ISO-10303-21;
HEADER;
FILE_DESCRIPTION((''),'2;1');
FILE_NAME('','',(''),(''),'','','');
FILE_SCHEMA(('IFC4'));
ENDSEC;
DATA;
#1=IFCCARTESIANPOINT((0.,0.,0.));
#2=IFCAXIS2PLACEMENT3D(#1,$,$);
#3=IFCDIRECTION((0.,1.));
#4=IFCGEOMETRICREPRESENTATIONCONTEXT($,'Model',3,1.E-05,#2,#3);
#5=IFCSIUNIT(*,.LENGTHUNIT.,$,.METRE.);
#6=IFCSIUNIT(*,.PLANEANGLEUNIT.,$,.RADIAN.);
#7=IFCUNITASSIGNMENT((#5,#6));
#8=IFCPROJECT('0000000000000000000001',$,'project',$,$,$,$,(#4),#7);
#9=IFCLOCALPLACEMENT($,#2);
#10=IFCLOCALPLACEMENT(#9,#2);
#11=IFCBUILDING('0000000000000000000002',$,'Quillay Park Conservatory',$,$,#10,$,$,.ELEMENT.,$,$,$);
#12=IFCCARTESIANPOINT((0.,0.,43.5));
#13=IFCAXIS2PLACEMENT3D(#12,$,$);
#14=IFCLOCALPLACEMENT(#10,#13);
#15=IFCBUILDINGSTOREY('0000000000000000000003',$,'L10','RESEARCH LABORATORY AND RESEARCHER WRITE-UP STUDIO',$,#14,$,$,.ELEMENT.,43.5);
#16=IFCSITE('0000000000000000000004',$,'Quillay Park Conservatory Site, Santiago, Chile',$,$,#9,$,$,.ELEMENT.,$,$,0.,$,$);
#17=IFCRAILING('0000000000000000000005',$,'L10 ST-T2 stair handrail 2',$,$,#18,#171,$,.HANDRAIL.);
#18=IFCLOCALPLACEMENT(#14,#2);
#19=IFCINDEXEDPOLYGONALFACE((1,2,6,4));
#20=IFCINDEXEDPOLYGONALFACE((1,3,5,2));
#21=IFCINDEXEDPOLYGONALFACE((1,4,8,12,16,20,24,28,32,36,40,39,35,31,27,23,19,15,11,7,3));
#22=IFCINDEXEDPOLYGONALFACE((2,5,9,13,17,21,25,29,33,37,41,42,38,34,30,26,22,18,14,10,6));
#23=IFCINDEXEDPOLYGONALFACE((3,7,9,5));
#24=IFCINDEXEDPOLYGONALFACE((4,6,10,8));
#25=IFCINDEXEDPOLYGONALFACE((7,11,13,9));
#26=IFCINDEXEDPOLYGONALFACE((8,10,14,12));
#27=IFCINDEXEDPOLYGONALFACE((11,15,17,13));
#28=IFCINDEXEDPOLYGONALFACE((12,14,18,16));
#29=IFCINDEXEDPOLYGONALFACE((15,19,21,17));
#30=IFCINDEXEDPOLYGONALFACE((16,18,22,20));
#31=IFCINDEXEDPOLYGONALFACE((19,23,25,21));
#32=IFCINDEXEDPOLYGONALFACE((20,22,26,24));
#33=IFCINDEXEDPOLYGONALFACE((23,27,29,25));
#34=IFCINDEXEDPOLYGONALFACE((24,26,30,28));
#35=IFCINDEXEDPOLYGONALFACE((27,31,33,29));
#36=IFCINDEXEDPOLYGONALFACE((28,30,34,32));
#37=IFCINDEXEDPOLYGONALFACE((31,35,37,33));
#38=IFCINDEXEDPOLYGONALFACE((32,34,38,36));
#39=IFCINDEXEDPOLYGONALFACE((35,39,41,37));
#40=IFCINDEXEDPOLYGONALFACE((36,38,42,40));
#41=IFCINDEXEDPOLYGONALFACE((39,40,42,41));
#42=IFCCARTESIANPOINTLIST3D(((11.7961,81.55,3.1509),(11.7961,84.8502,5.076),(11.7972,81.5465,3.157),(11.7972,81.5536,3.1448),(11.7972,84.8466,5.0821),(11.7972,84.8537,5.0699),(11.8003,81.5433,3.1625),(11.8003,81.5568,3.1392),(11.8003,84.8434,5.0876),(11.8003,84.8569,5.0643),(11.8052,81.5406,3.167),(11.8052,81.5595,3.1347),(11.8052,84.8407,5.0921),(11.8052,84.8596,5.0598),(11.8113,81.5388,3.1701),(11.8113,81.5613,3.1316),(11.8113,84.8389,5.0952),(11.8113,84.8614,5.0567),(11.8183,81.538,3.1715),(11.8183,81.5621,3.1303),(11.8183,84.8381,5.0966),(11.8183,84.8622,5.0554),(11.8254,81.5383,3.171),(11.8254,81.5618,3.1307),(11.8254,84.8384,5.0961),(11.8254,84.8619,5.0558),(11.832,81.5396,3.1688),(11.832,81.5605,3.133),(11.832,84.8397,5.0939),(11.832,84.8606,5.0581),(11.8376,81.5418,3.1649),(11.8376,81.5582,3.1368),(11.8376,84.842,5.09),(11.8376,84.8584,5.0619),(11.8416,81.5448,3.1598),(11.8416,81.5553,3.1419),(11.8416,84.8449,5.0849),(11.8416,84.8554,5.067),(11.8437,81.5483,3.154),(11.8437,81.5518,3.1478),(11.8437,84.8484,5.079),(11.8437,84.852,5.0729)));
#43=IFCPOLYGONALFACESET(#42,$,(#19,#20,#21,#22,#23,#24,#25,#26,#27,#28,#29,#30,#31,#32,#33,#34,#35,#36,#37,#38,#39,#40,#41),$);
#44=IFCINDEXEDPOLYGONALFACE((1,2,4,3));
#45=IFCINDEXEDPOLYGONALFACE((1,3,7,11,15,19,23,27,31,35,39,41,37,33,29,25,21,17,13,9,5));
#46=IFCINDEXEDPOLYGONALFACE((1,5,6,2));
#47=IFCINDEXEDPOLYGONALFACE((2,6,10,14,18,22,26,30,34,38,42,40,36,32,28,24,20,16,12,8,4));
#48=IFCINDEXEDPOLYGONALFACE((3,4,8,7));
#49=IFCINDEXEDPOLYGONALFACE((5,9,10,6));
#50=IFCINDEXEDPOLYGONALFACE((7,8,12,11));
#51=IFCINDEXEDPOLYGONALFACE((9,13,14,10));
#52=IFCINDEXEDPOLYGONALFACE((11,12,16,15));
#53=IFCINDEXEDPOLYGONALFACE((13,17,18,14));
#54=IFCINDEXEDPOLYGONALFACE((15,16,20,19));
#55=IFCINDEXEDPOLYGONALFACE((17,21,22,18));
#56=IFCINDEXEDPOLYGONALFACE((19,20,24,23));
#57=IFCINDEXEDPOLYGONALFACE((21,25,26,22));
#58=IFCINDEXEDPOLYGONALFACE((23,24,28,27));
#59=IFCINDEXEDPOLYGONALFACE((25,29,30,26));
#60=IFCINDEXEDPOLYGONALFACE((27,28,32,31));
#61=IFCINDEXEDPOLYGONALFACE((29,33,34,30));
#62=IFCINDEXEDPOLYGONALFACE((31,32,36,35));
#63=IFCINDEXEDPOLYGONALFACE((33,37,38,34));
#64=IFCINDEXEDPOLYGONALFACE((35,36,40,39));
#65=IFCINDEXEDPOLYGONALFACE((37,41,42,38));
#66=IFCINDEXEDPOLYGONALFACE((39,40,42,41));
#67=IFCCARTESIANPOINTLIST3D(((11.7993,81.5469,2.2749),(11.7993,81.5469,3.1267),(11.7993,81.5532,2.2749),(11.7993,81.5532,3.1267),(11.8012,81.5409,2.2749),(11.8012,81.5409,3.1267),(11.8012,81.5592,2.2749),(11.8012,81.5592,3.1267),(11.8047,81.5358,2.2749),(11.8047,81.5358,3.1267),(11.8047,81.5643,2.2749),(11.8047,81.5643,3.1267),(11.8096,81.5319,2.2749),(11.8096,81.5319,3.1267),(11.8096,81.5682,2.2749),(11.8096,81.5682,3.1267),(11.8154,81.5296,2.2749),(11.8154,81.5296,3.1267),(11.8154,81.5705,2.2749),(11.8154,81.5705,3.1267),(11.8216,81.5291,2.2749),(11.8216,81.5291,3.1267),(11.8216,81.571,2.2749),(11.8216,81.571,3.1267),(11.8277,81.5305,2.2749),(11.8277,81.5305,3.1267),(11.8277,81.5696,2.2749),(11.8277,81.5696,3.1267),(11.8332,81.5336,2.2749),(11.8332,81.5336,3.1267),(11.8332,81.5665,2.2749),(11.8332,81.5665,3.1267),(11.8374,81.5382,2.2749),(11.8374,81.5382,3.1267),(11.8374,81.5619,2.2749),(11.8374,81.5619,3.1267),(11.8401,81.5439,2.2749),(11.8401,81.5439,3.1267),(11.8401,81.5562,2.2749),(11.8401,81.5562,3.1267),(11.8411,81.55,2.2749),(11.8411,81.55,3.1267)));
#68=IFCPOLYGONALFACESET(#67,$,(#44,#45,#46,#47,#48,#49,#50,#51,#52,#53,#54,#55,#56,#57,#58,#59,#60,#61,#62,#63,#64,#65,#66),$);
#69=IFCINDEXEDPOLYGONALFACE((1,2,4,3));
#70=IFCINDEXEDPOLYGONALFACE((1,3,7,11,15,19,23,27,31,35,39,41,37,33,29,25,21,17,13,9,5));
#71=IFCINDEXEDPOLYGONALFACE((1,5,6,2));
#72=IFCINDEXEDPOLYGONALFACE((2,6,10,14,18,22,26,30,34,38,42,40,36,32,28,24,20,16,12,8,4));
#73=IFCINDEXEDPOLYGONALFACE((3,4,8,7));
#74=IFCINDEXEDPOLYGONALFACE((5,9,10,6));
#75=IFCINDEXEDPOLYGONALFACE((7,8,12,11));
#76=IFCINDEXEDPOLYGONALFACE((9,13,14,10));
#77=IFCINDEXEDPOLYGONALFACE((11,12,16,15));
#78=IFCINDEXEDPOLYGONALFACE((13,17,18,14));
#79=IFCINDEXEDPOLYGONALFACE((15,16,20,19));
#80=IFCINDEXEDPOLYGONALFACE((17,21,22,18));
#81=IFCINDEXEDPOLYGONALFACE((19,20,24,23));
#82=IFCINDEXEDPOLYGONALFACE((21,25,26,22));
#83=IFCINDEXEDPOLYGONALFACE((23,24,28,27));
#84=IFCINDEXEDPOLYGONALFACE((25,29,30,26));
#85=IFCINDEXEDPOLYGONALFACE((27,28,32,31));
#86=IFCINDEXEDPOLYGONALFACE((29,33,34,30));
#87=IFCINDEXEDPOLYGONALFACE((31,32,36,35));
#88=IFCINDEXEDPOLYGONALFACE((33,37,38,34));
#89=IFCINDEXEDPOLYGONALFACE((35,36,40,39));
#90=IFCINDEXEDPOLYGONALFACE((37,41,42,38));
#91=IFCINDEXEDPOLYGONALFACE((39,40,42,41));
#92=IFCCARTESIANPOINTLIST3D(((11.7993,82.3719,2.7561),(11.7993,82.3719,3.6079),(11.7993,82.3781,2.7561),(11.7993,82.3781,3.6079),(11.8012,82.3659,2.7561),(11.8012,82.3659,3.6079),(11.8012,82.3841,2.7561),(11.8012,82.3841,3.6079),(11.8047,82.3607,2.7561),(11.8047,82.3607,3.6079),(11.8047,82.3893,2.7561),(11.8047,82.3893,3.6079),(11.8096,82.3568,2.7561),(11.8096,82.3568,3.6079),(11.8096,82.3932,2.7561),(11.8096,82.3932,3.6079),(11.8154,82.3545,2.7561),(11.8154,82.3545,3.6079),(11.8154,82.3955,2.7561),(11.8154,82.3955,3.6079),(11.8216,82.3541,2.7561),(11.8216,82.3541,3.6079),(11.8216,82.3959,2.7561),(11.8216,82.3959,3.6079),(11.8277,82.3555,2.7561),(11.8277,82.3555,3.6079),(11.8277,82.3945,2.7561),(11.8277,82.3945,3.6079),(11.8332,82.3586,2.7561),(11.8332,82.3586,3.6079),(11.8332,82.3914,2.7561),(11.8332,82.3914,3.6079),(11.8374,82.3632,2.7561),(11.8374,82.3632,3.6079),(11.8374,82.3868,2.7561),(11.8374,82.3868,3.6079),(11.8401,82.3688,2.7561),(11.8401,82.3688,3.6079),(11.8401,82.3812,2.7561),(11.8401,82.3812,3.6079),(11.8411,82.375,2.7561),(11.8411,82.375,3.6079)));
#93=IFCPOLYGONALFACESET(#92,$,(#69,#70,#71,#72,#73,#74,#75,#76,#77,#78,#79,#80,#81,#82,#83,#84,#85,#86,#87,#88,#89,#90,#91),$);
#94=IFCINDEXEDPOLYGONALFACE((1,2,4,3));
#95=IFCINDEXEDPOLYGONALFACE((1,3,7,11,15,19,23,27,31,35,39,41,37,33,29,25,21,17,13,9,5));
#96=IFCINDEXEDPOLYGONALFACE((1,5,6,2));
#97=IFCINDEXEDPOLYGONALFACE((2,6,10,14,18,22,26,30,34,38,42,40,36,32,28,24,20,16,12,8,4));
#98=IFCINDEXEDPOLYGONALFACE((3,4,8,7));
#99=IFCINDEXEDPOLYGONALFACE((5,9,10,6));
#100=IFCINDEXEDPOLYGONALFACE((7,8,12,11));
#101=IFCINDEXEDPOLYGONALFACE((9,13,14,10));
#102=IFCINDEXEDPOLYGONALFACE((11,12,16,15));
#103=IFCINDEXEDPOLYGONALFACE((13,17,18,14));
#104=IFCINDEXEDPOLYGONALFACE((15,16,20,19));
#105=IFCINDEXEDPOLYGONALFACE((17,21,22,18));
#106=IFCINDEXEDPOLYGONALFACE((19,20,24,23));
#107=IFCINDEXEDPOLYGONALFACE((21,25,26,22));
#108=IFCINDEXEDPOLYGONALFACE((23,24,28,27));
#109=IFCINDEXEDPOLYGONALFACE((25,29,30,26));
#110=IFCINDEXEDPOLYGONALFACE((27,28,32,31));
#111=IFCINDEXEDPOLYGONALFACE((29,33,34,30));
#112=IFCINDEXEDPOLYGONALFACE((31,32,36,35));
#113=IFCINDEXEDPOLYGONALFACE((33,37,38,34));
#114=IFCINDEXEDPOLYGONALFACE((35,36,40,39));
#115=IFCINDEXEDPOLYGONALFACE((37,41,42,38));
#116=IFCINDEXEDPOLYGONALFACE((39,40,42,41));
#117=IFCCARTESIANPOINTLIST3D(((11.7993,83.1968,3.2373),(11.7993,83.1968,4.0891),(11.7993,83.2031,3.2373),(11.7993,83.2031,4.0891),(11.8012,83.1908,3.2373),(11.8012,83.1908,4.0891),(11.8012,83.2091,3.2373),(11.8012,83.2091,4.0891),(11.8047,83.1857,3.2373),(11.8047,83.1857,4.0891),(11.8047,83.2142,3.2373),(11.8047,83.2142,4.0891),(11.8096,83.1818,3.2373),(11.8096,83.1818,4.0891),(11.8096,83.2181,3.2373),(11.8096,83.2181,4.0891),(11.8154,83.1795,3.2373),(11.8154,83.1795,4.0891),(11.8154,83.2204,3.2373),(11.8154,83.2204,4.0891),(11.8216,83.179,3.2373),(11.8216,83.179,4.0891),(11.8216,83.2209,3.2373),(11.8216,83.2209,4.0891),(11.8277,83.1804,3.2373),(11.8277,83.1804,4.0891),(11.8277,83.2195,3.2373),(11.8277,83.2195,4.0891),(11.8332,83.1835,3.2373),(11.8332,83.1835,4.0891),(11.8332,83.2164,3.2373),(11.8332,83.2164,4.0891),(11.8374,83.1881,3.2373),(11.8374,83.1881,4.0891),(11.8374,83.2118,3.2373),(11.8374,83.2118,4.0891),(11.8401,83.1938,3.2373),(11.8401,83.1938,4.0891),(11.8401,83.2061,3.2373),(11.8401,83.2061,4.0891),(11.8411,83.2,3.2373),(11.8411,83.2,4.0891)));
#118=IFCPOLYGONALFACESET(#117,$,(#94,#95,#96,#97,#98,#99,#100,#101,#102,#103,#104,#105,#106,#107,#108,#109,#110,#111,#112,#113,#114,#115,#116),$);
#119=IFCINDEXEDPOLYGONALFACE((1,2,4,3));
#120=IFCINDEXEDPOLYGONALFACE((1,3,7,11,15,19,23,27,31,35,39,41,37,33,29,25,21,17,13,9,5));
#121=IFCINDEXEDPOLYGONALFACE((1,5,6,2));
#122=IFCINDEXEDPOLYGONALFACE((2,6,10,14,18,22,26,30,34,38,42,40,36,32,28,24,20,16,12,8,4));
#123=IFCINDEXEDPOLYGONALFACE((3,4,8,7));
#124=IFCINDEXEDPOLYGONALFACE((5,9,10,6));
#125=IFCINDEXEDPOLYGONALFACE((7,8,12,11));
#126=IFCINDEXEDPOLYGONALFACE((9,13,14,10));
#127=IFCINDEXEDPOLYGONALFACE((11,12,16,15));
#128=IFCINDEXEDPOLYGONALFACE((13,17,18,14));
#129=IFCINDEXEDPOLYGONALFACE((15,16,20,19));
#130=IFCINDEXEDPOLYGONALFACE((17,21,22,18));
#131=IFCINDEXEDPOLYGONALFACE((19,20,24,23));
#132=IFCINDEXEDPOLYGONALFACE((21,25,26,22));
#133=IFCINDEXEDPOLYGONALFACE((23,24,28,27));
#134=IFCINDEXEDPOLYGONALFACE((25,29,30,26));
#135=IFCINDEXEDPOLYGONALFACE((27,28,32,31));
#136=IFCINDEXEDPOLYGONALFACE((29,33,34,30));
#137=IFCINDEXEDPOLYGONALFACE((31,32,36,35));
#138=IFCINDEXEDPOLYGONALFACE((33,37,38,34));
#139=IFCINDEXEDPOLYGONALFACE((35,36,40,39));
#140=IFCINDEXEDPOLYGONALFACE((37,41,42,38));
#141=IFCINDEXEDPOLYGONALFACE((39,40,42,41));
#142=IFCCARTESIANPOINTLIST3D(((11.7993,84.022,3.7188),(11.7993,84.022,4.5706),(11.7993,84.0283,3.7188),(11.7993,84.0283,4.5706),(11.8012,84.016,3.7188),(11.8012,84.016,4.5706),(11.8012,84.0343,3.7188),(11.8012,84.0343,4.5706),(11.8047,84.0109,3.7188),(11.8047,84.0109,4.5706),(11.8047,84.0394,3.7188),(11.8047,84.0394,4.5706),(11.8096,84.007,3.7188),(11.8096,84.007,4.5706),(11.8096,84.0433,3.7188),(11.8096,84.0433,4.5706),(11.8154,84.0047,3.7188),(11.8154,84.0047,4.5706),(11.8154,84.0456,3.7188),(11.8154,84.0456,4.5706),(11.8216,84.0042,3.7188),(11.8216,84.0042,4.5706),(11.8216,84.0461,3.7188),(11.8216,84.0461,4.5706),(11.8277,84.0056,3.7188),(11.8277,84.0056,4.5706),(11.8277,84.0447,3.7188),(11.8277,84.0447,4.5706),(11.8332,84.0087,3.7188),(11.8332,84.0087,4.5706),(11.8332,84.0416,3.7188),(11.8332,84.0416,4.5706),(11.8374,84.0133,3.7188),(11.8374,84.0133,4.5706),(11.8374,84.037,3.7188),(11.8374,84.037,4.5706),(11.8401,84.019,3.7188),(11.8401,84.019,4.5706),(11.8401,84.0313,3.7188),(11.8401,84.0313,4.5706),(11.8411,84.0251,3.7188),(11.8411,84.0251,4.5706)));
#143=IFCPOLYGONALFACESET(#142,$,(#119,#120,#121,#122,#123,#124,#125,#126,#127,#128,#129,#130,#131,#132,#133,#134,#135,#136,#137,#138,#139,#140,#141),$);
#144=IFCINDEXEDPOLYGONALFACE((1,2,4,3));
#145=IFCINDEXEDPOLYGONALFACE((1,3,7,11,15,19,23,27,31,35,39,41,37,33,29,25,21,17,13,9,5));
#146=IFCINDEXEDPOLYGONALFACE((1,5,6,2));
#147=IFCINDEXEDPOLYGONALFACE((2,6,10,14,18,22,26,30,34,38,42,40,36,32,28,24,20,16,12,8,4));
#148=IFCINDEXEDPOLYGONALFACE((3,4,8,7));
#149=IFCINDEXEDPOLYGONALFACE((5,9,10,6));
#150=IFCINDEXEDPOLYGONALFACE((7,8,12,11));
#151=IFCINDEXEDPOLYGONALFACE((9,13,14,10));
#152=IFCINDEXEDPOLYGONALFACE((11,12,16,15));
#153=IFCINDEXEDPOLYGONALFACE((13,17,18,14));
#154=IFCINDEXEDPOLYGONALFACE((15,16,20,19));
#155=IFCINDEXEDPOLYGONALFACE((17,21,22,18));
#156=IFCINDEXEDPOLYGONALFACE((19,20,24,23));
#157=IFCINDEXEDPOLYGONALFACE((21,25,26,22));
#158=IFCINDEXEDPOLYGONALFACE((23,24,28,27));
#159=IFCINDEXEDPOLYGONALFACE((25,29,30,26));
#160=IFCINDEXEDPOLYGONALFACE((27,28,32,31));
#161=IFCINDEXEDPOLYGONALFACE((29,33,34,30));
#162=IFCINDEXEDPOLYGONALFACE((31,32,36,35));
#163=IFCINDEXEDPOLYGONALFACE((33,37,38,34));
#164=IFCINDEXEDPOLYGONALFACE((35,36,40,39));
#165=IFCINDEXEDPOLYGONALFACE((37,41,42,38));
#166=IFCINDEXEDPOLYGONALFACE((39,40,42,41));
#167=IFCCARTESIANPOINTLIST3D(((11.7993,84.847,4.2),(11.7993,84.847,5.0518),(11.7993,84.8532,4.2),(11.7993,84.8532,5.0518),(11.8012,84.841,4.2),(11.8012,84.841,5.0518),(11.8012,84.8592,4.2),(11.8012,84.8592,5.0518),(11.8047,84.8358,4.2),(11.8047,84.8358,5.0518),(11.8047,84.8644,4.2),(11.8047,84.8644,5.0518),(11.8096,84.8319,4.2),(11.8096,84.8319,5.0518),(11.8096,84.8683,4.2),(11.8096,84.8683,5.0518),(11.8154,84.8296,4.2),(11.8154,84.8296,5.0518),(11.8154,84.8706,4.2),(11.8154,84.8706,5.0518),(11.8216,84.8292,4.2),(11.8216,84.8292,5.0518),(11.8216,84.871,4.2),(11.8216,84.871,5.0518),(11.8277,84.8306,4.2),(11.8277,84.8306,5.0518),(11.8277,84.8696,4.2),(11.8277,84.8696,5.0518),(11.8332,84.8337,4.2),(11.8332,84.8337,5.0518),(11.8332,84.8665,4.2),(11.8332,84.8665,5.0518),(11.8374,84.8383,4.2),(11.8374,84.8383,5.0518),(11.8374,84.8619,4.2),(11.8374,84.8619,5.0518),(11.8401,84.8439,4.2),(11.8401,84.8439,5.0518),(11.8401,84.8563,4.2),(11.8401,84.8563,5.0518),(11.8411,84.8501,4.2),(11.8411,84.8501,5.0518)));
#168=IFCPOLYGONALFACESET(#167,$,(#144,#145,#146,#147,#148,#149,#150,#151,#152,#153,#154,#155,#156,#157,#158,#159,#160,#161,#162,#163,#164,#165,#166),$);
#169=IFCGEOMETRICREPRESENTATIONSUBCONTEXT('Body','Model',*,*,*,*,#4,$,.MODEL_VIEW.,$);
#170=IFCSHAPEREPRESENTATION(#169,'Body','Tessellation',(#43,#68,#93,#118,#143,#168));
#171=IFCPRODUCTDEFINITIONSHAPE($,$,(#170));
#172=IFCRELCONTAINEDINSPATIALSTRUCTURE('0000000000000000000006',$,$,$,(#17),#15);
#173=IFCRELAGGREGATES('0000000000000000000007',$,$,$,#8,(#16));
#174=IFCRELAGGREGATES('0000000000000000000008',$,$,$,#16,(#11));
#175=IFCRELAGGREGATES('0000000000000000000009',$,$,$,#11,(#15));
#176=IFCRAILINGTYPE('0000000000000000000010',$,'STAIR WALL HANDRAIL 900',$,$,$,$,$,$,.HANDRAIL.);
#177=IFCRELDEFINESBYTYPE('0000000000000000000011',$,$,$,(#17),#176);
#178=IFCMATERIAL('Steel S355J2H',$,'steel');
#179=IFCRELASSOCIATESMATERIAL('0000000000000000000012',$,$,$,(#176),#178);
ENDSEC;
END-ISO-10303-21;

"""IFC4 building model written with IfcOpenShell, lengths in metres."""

from ifc_helpers import new_model, si_unit, direction, frame, origin, origin_2d, place, context, subcontext, project, spatial, circle, extrude, material, type_object, element, save


model = new_model("IFC4")

# Units and contexts
model_context = context("Model", 3, precision=1e-05, world=origin(), true_north=direction((0.0, 1.0)))
body_context = subcontext(model_context, "Body", "Model", "MODEL_VIEW")
ifc_project = project(units=[si_unit("LENGTHUNIT", "METRE"), si_unit("PLANEANGLEUNIT", "RADIAN")], contexts=[model_context])

# Site, building, storey
site_placement = place(None, origin())
site = spatial("IfcSite", under=ifc_project, at=site_placement, Name="Quillay Park Conservatory Site, Santiago, Chile", CompositionType="ELEMENT", RefElevation=0.0)
building_placement = place(site_placement, origin())
building = spatial("IfcBuilding", under=site, at=building_placement, Name="Quillay Park Conservatory", CompositionType="ELEMENT")
storey_placement = place(building_placement, frame((0.0, 0.0, 43.5)))
storey = spatial("IfcBuildingStorey", under=building, at=storey_placement, Name="L10", Description="RESEARCH LABORATORY AND RESEARCHER WRITE-UP STUDIO", CompositionType="ELEMENT", Elevation=43.5)

# Railing
ifc_material_1 = material(Name="Steel S355J2H", Category="steel")
railing_type_1 = type_object("IfcRailingType", Name="STAIR WALL HANDRAIL 900", PredefinedType="HANDRAIL", material=ifc_material_1)
railing_1_placement = place(storey_placement, frame((11.8201, 81.55, 2.2749)))
element("IfcRailing", 1, at=railing_1_placement, inside=storey, type_object=railing_type_1, Name="L10 ST-T2 stair handrail 2", PredefinedType="HANDRAIL", context=body_context, shape_type="SweptSolid", body=[
    extrude(circle(Radius=0.0239, at=origin_2d()), frame((0.0, 0.0, 0.876), z_axis=(0.0, 0.863777, 0.503875), x_axis=(-1.0, 0.0, 0.0)), (0.0, 0.0, 1.0), 3.8206),
    extrude(circle(Radius=0.021, at=origin_2d()), origin(), (0.0, 0.0, 1.0), 0.8518),
    extrude(circle(Radius=0.021, at=origin_2d()), frame((0.0, 0.825, 0.4812)), (0.0, 0.0, 1.0), 0.8518),
    extrude(circle(Radius=0.021, at=origin_2d()), frame((0.0, 1.6499, 0.9624)), (0.0, 0.0, 1.0), 0.8518),
    extrude(circle(Radius=0.021, at=origin_2d()), frame((0.0, 2.4751, 1.4438)), (0.0, 0.0, 1.0), 0.8518),
    extrude(circle(Radius=0.021, at=origin_2d()), frame((0.0, 3.3, 1.925)), (0.0, 0.0, 1.0), 0.8518),
])

save(model, "model.ifc")
